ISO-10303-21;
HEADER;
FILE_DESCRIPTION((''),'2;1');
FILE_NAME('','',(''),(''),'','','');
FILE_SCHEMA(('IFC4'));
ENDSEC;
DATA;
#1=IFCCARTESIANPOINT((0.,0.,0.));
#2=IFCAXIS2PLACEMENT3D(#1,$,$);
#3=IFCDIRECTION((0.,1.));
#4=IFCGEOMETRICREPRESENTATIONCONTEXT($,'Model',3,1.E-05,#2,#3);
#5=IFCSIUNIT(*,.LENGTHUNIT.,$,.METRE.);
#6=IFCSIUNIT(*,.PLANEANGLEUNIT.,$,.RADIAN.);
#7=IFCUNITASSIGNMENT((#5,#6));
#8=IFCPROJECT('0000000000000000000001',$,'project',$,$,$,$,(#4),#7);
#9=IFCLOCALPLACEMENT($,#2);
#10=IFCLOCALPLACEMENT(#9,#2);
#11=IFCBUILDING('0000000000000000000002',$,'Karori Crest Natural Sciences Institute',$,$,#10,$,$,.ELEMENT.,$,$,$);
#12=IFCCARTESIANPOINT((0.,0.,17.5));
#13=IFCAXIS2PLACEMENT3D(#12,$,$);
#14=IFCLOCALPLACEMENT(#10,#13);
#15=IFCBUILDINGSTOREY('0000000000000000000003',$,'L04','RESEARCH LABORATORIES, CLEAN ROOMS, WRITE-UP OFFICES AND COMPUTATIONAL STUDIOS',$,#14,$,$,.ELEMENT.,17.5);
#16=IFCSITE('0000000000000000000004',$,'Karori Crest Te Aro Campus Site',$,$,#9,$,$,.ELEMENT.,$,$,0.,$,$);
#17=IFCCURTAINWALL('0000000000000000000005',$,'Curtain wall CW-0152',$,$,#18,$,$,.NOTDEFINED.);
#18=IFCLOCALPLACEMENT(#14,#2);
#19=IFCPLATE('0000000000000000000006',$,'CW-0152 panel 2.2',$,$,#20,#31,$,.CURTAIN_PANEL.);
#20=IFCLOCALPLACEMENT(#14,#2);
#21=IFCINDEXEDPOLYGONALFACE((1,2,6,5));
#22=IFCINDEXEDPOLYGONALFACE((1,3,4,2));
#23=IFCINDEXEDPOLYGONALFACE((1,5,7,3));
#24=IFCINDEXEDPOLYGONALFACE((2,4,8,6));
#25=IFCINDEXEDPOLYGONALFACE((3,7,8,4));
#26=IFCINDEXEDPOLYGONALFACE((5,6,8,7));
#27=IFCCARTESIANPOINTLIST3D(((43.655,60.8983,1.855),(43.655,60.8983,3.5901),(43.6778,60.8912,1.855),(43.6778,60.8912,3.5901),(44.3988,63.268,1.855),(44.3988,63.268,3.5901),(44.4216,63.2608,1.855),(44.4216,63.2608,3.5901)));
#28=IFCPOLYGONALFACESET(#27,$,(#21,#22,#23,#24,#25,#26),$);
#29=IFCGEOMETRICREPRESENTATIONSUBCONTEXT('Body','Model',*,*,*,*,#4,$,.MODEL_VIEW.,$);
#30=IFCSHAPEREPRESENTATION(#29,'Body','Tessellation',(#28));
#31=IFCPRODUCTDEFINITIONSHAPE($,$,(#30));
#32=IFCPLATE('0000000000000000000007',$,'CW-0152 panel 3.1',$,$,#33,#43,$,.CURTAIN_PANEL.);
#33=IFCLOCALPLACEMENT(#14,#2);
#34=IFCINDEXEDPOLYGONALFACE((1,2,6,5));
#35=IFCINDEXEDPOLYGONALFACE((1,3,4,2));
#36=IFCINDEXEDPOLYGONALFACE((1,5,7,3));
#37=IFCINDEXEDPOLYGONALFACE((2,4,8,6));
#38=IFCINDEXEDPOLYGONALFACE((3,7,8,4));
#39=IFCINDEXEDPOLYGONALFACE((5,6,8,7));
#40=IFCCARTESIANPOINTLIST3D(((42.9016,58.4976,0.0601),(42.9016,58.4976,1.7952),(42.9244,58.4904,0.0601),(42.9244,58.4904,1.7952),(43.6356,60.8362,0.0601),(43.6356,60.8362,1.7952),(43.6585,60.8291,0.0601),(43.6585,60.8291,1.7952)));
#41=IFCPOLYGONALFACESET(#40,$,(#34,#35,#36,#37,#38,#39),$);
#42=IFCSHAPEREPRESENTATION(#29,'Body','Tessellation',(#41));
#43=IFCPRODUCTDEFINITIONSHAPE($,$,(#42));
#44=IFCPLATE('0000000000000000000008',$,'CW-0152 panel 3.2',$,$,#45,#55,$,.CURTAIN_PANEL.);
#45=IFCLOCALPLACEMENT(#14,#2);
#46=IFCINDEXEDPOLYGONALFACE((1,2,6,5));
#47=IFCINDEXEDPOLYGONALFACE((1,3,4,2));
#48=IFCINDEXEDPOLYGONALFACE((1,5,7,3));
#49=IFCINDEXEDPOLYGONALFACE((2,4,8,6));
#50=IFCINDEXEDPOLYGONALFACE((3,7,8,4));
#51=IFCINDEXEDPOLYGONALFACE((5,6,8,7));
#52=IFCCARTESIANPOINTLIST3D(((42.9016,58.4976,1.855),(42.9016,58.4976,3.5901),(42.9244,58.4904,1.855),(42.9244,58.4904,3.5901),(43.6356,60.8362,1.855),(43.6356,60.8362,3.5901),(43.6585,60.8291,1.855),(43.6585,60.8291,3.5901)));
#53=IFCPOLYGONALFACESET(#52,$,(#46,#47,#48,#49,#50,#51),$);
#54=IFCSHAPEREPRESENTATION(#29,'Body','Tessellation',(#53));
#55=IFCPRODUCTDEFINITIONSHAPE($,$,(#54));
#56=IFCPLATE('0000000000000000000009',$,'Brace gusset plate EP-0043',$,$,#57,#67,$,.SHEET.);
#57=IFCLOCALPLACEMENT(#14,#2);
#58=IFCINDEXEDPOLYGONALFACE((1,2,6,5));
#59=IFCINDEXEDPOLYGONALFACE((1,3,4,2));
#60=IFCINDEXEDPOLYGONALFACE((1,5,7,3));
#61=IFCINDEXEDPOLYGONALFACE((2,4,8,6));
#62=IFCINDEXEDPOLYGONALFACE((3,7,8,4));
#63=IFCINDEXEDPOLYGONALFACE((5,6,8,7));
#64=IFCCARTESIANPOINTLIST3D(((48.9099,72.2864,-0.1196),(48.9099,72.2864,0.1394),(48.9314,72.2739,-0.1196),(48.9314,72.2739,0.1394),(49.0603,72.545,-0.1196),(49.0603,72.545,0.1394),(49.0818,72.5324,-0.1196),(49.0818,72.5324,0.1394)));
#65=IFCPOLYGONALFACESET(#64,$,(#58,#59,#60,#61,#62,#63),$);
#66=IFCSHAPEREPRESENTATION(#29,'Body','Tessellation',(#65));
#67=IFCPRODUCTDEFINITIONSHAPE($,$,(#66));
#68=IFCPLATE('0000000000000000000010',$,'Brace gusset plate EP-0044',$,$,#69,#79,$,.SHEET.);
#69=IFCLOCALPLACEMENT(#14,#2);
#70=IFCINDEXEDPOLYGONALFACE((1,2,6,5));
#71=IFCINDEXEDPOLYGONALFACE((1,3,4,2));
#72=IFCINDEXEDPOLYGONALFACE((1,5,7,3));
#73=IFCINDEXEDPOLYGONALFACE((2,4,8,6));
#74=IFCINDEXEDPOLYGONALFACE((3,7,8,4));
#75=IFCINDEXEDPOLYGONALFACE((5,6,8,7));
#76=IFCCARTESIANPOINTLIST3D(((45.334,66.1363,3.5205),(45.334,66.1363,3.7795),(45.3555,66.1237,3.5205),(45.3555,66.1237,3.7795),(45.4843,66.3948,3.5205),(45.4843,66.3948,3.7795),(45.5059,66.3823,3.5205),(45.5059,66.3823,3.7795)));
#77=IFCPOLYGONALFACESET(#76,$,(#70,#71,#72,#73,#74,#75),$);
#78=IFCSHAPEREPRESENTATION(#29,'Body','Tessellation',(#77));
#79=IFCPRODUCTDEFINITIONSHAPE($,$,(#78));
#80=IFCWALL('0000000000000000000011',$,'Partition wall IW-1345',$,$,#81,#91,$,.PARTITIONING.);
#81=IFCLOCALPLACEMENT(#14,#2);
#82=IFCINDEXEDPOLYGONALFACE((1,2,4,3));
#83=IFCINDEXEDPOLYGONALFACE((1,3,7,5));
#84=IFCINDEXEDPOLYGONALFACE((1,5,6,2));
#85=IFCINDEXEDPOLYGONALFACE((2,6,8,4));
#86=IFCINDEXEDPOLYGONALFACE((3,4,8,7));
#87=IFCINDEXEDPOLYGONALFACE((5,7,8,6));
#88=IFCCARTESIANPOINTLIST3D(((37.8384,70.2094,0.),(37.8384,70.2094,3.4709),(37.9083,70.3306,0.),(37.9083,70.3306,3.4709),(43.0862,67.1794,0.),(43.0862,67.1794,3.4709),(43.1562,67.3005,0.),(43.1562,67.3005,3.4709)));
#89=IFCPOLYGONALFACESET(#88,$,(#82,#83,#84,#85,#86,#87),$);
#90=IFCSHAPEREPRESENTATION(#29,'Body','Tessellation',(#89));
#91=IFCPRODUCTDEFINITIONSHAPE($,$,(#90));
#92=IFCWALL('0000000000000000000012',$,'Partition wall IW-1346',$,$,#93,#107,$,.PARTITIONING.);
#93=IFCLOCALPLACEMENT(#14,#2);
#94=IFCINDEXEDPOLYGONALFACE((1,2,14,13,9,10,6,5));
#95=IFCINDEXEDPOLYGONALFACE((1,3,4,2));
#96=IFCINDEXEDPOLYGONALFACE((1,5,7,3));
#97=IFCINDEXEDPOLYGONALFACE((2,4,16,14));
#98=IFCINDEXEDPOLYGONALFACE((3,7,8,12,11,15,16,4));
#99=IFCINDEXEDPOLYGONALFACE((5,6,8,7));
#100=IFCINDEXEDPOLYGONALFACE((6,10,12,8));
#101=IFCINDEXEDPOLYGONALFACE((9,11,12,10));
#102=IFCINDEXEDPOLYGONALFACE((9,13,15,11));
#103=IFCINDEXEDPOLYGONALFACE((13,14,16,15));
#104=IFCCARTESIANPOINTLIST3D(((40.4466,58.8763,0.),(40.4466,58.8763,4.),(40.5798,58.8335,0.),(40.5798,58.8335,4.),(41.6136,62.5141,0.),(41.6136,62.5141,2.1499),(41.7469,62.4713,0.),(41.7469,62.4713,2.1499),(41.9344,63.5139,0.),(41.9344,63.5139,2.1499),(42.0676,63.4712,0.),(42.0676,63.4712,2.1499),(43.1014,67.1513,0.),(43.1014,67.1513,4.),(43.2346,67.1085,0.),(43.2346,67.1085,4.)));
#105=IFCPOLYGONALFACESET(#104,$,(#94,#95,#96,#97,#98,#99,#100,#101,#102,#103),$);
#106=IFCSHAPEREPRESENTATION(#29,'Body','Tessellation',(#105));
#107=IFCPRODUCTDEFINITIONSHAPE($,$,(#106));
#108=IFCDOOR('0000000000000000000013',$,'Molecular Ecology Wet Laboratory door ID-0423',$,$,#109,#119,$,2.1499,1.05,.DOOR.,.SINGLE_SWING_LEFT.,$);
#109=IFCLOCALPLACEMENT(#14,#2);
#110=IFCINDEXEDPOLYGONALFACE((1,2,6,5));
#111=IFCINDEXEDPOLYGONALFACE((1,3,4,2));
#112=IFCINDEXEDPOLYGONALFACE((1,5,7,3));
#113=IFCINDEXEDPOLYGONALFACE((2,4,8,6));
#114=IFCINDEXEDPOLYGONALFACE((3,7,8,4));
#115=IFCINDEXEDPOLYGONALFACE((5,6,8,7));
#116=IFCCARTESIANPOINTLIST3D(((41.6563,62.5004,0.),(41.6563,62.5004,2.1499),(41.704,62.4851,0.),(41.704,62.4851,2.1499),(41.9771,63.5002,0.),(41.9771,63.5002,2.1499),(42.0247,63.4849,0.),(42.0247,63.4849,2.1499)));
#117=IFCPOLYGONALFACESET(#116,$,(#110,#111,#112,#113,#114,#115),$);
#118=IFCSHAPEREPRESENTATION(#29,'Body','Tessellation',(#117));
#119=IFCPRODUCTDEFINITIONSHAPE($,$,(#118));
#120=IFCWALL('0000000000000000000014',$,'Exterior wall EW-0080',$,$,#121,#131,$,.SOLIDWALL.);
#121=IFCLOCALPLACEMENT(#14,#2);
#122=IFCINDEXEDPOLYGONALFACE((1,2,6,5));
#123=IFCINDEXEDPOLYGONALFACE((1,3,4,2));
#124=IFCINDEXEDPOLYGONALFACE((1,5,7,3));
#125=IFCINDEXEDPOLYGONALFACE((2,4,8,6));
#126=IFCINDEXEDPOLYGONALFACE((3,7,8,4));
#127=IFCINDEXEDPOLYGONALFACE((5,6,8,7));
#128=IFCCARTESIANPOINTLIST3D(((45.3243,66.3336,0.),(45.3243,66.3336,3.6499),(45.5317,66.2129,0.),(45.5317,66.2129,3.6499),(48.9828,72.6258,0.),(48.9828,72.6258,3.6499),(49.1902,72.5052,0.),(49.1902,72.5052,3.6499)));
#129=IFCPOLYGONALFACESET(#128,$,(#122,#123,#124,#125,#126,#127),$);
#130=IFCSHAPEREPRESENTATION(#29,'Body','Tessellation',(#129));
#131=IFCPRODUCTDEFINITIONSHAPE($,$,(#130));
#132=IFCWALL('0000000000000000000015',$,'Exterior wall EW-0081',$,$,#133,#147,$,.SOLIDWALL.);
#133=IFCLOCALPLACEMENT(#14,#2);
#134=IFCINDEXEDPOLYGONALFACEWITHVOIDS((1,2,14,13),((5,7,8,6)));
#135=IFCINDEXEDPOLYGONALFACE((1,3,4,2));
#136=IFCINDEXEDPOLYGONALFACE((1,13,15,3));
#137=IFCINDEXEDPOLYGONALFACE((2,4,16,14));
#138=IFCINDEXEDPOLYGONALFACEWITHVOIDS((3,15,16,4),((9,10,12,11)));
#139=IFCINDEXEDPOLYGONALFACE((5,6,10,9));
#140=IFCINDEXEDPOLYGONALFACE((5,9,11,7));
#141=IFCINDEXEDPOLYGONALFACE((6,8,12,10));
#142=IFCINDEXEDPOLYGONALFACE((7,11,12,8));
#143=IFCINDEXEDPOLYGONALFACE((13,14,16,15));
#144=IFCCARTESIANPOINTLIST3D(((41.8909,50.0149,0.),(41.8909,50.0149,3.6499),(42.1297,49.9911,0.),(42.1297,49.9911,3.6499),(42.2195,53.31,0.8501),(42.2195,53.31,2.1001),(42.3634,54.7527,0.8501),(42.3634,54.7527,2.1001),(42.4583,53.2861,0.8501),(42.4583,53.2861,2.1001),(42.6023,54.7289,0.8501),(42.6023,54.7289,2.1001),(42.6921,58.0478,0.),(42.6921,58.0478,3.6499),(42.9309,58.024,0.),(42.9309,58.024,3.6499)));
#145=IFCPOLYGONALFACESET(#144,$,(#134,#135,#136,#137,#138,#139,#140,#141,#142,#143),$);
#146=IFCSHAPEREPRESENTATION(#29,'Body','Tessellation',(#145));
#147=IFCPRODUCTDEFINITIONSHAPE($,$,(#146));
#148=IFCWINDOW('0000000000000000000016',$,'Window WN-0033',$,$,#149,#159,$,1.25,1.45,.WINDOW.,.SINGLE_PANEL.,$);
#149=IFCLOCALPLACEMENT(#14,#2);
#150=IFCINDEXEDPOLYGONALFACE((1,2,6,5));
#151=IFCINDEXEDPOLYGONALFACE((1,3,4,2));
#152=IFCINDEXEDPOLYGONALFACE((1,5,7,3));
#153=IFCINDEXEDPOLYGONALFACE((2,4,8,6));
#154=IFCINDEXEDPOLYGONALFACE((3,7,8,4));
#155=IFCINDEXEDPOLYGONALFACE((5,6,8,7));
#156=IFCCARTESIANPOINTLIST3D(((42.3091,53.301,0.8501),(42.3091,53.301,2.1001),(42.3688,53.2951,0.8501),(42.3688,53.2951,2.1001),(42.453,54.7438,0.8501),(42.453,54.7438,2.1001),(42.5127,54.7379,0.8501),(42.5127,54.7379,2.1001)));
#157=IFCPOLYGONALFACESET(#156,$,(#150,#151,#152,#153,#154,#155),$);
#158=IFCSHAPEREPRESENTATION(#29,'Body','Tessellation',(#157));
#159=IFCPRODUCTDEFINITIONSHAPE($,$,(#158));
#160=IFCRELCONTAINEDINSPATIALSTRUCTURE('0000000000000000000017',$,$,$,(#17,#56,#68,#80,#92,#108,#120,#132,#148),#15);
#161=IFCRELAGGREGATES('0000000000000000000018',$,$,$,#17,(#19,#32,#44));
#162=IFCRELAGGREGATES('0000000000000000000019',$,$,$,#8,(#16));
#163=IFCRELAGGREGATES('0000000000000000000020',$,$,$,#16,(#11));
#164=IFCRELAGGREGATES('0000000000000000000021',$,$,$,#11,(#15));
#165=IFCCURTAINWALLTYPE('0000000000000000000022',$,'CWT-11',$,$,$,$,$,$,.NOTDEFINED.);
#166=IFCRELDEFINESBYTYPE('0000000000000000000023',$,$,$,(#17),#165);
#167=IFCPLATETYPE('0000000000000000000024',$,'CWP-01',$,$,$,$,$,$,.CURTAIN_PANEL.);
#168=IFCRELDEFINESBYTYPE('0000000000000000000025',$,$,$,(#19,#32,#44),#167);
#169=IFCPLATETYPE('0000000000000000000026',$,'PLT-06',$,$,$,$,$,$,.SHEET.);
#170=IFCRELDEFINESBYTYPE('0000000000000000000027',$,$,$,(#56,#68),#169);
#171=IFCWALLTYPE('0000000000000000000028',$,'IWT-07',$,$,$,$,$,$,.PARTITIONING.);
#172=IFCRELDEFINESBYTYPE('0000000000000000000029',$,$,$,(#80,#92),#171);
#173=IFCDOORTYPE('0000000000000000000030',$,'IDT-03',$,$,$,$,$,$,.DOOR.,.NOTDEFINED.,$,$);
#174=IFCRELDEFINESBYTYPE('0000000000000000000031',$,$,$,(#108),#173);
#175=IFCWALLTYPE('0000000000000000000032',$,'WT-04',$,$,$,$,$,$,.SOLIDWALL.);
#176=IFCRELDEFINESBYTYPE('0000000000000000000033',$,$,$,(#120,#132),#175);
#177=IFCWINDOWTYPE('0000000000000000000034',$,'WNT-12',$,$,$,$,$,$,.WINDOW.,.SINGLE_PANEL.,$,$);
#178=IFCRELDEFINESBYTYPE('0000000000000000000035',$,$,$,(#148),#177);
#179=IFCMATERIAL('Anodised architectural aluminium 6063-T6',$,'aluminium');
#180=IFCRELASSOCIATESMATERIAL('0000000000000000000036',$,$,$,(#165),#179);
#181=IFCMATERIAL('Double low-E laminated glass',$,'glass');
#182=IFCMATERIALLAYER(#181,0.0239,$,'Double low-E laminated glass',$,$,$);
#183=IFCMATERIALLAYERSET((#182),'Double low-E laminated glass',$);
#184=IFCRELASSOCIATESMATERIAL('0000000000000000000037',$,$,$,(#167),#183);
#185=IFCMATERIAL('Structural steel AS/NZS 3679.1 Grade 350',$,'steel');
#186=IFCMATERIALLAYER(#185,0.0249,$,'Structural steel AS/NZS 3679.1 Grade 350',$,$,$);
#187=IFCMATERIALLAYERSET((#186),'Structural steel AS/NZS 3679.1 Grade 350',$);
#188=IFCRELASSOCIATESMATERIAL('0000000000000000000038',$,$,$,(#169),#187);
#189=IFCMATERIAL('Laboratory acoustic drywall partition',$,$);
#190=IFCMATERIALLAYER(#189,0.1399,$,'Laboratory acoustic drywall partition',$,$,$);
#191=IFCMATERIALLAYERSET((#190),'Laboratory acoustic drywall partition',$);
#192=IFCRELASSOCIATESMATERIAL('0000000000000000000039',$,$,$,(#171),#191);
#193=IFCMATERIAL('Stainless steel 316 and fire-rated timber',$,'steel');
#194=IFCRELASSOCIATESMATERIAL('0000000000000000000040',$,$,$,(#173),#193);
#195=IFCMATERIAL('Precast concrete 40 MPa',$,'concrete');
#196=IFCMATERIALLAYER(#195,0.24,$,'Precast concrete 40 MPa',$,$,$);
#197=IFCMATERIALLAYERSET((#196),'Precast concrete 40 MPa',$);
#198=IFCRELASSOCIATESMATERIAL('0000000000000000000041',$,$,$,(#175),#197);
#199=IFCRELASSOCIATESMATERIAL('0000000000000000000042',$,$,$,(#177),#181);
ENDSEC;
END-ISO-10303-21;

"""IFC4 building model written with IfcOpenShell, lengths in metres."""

from ifc_helpers import new_model, si_unit, direction, frame, frame_2d, origin, origin_2d, place, context, subcontext, project, spatial, rectangle, extrude, material, layer, layer_set, type_object, element, fill, aggregate, save


model = new_model("IFC4")

# Units and contexts
model_context = context("Model", 3, precision=1e-05, world=origin(), true_north=direction((0.0, 1.0)))
body_context = subcontext(model_context, "Body", "Model", "MODEL_VIEW")
ifc_project = project(units=[si_unit("LENGTHUNIT", "METRE"), si_unit("PLANEANGLEUNIT", "RADIAN")], contexts=[model_context])

# Site, building, storey
site_placement = place(None, origin())
site = spatial("IfcSite", under=ifc_project, at=site_placement, Name="Karori Crest Te Aro Campus Site", CompositionType="ELEMENT", RefElevation=0.0)
building_placement = place(site_placement, origin())
building = spatial("IfcBuilding", under=site, at=building_placement, Name="Karori Crest Natural Sciences Institute", CompositionType="ELEMENT")
storey_placement = place(building_placement, frame((0.0, 0.0, 17.5)))
storey = spatial("IfcBuildingStorey", under=building, at=storey_placement, Name="L04", Description="RESEARCH LABORATORIES, CLEAN ROOMS, WRITE-UP OFFICES AND COMPUTATIONAL STUDIOS", CompositionType="ELEMENT", Elevation=17.5)

# Shared definitions
ifc_material_1 = material(Name="Structural steel AS/NZS 3679.1 Grade 350", Category="steel")

# Curtain wall
ifc_material_2 = material(Name="Anodised architectural aluminium 6063-T6", Category="aluminium")
curtain_wall_type = type_object("IfcCurtainWallType", Name="CWT-11", PredefinedType="NOTDEFINED", material=ifc_material_2)
curtain_wall_placement = place(storey_placement, origin())
curtain_wall = element("IfcCurtainWall", 1, at=curtain_wall_placement, inside=storey, type_object=curtain_wall_type, Name="Curtain wall CW-0152", PredefinedType="NOTDEFINED")

# Plates
ifc_material_3 = material(Name="Double low-E laminated glass", Category="glass")
ifc_layer_1 = layer(ifc_material_3, 0.0239, Name="Double low-E laminated glass")
ifc_layer_set_1 = layer_set([ifc_layer_1], Name="Double low-E laminated glass")
plate_type_1 = type_object("IfcPlateType", Name="CWP-01", PredefinedType="CURTAIN_PANEL", material=ifc_layer_set_1)
plate_1_placement = place(storey_placement, frame((44.0383, 62.0796, 1.855), z_axis=(0.0, 0.0, 1.0), x_axis=(-0.299475, -0.954104, 0.0)))
plate_1 = element("IfcPlate", 2, at=plate_1_placement, type_object=plate_type_1, Name="CW-0152 panel 2.2", PredefinedType="CURTAIN_PANEL", context=body_context, shape_type="SweptSolid", body=[
    extrude(rectangle(XDim=2.4836, YDim=0.0239, at=origin_2d()), origin(), (0.0, 0.0, 1.0), 1.7351),
])
plate_2_placement = place(storey_placement, frame((43.28, 59.6633, 0.0601), z_axis=(0.0, 0.0, 1.0), x_axis=(-0.299475, -0.954104, 0.0)))
plate_2 = element("IfcPlate", 3, at=plate_2_placement, type_object=plate_type_1, Name="CW-0152 panel 3.1", PredefinedType="CURTAIN_PANEL", context=body_context, shape_type="SweptSolid", body=[
    extrude(rectangle(XDim=2.4512, YDim=0.0239, at=origin_2d()), origin(), (0.0, 0.0, 1.0), 1.7351),
])
plate_3_placement = place(storey_placement, frame((43.28, 59.6633, 1.855), z_axis=(0.0, 0.0, 1.0), x_axis=(-0.299475, -0.954104, 0.0)))
plate_3 = element("IfcPlate", 4, at=plate_3_placement, type_object=plate_type_1, Name="CW-0152 panel 3.2", PredefinedType="CURTAIN_PANEL", context=body_context, shape_type="SweptSolid", body=[
    extrude(rectangle(XDim=2.4512, YDim=0.0239, at=origin_2d()), origin(), (0.0, 0.0, 1.0), 1.7351),
])
aggregate(curtain_wall, [plate_1, plate_2, plate_3])

# Plates
ifc_layer_2 = layer(ifc_material_1, 0.0249, Name="Structural steel AS/NZS 3679.1 Grade 350")
ifc_layer_set_2 = layer_set([ifc_layer_2], Name="Structural steel AS/NZS 3679.1 Grade 350")
plate_type_2 = type_object("IfcPlateType", Name="PLT-06", PredefinedType="SHEET", material=ifc_layer_set_2)
for number, where, z_axis, x_axis, name in (
    (5, (48.9958, 72.4094, -0.1196), (0.0, 0.0, 1.0), (0.502652, 0.864489, 0.0), "Brace gusset plate EP-0043"),
    (6, (45.4199, 66.2593, 3.5205), (0.0, 0.0, 1.0), (0.502652, 0.864489, 0.0), "Brace gusset plate EP-0044"),
):
    element("IfcPlate", number, at=place(storey_placement, frame(where, z_axis=z_axis, x_axis=x_axis)), inside=storey, type_object=plate_type_2, Name=name, PredefinedType="SHEET", context=body_context, shape_type="SweptSolid", body=[
        extrude(rectangle(XDim=0.2991, YDim=0.0249, at=origin_2d()), origin(), (0.0, 0.0, 1.0), 0.259),
    ])

# Wall
ifc_material_4 = material(Name="Laboratory acoustic drywall partition")
ifc_layer_3 = layer(ifc_material_4, 0.1399, Name="Laboratory acoustic drywall partition")
ifc_layer_set_3 = layer_set([ifc_layer_3], Name="Laboratory acoustic drywall partition")
wall_type_1 = type_object("IfcWallType", Name="IWT-07", PredefinedType="PARTITIONING", material=ifc_layer_set_3)
wall_1_placement = place(storey_placement, frame((43.1211, 67.24, 0.0), z_axis=(0.0, 0.0, 1.0), x_axis=(-0.86601, 0.500026, 0.0)))
element("IfcWall", 7, at=wall_1_placement, inside=storey, type_object=wall_type_1, Name="Partition wall IW-1345", PredefinedType="PARTITIONING", context=body_context, shape_type="SweptSolid", body=[
    extrude(rectangle(XDim=6.0598, YDim=0.1399, at=frame_2d((3.0298, 0.0))), origin(), (0.0, 0.0, 1.0), 3.4709),
])

# Wall, opening, door
wall_2_placement = place(storey_placement, frame((43.168, 67.1299, 0.0), z_axis=(0.0, 0.0, 1.0), x_axis=(-0.305487, -0.952196, 0.0)))
wall_2 = element("IfcWall", 8, at=wall_2_placement, inside=storey, type_object=wall_type_1, Name="Partition wall IW-1346", PredefinedType="PARTITIONING", context=body_context, shape_type="SweptSolid", body=[
    extrude(rectangle(XDim=8.6904, YDim=0.1399, at=frame_2d((4.3452, 0.0))), origin(), (0.0, 0.0, 1.0), 4.0),
])
opening_1_placement = place(wall_2_placement, frame((3.8201, 0.0, 0.0)))
opening_1 = element("IfcOpeningElement", 9, at=opening_1_placement, cuts=wall_2, PredefinedType="OPENING", context=body_context, shape_type="SweptSolid", body=[
    extrude(rectangle(XDim=1.05, YDim=2.1499, at=frame_2d((0.5249, 1.075))), frame((0.0, 0.0801, 0.0), z_axis=(0.0, -1.0, 0.0), x_axis=(1.0, 0.0, 0.0)), (0.0, 0.0, 1.0), 0.1599),
])
ifc_material_5 = material(Name="Stainless steel 316 and fire-rated timber", Category="steel")
door_type = type_object("IfcDoorType", Name="IDT-03", OperationType="NOTDEFINED", PredefinedType="DOOR", material=ifc_material_5)
door_placement = place(opening_1_placement, origin())
door = element("IfcDoor", 10, at=door_placement, inside=storey, type_object=door_type, Name="Molecular Ecology Wet Laboratory door ID-0423", OperationType="SINGLE_SWING_LEFT", OverallHeight=2.1499, OverallWidth=1.05, PredefinedType="DOOR", context=body_context, shape_type="SweptSolid", body=[
    extrude(rectangle(XDim=1.05, YDim=2.1499, at=frame_2d((0.5249, 1.075))), frame((0.0, 0.0249, 0.0), z_axis=(0.0, -1.0, 0.0), x_axis=(1.0, 0.0, 0.0)), (0.0, 0.0, 1.0), 0.05),
])
fill(opening_1, door)

# Wall
ifc_material_6 = material(Name="Precast concrete 40 MPa", Category="concrete")
ifc_layer_4 = layer(ifc_material_6, 0.24, Name="Precast concrete 40 MPa")
ifc_layer_set_4 = layer_set([ifc_layer_4], Name="Precast concrete 40 MPa")
wall_type_2 = type_object("IfcWallType", Name="WT-04", PredefinedType="SOLIDWALL", material=ifc_layer_set_4)
wall_3_placement = place(storey_placement, frame((49.0864, 72.5654, 0.0), z_axis=(0.0, 0.0, 1.0), x_axis=(-0.502638, -0.864497, 0.0)))
element("IfcWall", 11, at=wall_3_placement, inside=storey, type_object=wall_type_2, Name="Exterior wall EW-0080", PredefinedType="SOLIDWALL", context=body_context, shape_type="SweptSolid", body=[
    extrude(rectangle(XDim=7.2786, YDim=0.24, at=frame_2d((3.6392, 0.0))), origin(), (0.0, 0.0, 1.0), 3.6499),
])

# Wall, opening, window
wall_4_placement = place(storey_placement, frame((42.8115, 58.0359, 0.0), z_axis=(0.0, 0.0, 1.0), x_axis=(-0.099255, -0.995062, 0.0)))
wall_4 = element("IfcWall", 12, at=wall_4_placement, inside=storey, type_object=wall_type_2, Name="Exterior wall EW-0081", PredefinedType="SOLIDWALL", context=body_context, shape_type="SweptSolid", body=[
    extrude(rectangle(XDim=8.0728, YDim=0.24, at=frame_2d((4.0364, 0.0))), origin(), (0.0, 0.0, 1.0), 3.6499),
])
opening_2_placement = place(wall_4_placement, frame((3.3113, 0.0, 0.8501)))
opening_2 = element("IfcOpeningElement", 13, at=opening_2_placement, cuts=wall_4, PredefinedType="OPENING", context=body_context, shape_type="SweptSolid", body=[
    extrude(rectangle(XDim=1.45, YDim=1.25, at=frame_2d((0.7251, 0.625))), frame((0.0, 0.1299, 0.0), z_axis=(0.0, -1.0, 0.0), x_axis=(1.0, 0.0, 0.0)), (0.0, 0.0, 1.0), 0.26),
])
window_type = type_object("IfcWindowType", Name="WNT-12", PartitioningType="SINGLE_PANEL", PredefinedType="WINDOW", material=ifc_material_3)
window_placement = place(opening_2_placement, origin())
window = element("IfcWindow", 14, at=window_placement, inside=storey, type_object=window_type, Name="Window WN-0033", OverallHeight=1.25, OverallWidth=1.45, PartitioningType="SINGLE_PANEL", PredefinedType="WINDOW", context=body_context, shape_type="SweptSolid", body=[
    extrude(rectangle(XDim=1.45, YDim=1.25, at=frame_2d((0.7251, 0.625))), frame((0.0, 0.03, 0.0), z_axis=(0.0, -1.0, 0.0), x_axis=(1.0, 0.0, 0.0)), (0.0, 0.0, 1.0), 0.0601),
])
fill(opening_2, window)

save(model, "model.ifc")
